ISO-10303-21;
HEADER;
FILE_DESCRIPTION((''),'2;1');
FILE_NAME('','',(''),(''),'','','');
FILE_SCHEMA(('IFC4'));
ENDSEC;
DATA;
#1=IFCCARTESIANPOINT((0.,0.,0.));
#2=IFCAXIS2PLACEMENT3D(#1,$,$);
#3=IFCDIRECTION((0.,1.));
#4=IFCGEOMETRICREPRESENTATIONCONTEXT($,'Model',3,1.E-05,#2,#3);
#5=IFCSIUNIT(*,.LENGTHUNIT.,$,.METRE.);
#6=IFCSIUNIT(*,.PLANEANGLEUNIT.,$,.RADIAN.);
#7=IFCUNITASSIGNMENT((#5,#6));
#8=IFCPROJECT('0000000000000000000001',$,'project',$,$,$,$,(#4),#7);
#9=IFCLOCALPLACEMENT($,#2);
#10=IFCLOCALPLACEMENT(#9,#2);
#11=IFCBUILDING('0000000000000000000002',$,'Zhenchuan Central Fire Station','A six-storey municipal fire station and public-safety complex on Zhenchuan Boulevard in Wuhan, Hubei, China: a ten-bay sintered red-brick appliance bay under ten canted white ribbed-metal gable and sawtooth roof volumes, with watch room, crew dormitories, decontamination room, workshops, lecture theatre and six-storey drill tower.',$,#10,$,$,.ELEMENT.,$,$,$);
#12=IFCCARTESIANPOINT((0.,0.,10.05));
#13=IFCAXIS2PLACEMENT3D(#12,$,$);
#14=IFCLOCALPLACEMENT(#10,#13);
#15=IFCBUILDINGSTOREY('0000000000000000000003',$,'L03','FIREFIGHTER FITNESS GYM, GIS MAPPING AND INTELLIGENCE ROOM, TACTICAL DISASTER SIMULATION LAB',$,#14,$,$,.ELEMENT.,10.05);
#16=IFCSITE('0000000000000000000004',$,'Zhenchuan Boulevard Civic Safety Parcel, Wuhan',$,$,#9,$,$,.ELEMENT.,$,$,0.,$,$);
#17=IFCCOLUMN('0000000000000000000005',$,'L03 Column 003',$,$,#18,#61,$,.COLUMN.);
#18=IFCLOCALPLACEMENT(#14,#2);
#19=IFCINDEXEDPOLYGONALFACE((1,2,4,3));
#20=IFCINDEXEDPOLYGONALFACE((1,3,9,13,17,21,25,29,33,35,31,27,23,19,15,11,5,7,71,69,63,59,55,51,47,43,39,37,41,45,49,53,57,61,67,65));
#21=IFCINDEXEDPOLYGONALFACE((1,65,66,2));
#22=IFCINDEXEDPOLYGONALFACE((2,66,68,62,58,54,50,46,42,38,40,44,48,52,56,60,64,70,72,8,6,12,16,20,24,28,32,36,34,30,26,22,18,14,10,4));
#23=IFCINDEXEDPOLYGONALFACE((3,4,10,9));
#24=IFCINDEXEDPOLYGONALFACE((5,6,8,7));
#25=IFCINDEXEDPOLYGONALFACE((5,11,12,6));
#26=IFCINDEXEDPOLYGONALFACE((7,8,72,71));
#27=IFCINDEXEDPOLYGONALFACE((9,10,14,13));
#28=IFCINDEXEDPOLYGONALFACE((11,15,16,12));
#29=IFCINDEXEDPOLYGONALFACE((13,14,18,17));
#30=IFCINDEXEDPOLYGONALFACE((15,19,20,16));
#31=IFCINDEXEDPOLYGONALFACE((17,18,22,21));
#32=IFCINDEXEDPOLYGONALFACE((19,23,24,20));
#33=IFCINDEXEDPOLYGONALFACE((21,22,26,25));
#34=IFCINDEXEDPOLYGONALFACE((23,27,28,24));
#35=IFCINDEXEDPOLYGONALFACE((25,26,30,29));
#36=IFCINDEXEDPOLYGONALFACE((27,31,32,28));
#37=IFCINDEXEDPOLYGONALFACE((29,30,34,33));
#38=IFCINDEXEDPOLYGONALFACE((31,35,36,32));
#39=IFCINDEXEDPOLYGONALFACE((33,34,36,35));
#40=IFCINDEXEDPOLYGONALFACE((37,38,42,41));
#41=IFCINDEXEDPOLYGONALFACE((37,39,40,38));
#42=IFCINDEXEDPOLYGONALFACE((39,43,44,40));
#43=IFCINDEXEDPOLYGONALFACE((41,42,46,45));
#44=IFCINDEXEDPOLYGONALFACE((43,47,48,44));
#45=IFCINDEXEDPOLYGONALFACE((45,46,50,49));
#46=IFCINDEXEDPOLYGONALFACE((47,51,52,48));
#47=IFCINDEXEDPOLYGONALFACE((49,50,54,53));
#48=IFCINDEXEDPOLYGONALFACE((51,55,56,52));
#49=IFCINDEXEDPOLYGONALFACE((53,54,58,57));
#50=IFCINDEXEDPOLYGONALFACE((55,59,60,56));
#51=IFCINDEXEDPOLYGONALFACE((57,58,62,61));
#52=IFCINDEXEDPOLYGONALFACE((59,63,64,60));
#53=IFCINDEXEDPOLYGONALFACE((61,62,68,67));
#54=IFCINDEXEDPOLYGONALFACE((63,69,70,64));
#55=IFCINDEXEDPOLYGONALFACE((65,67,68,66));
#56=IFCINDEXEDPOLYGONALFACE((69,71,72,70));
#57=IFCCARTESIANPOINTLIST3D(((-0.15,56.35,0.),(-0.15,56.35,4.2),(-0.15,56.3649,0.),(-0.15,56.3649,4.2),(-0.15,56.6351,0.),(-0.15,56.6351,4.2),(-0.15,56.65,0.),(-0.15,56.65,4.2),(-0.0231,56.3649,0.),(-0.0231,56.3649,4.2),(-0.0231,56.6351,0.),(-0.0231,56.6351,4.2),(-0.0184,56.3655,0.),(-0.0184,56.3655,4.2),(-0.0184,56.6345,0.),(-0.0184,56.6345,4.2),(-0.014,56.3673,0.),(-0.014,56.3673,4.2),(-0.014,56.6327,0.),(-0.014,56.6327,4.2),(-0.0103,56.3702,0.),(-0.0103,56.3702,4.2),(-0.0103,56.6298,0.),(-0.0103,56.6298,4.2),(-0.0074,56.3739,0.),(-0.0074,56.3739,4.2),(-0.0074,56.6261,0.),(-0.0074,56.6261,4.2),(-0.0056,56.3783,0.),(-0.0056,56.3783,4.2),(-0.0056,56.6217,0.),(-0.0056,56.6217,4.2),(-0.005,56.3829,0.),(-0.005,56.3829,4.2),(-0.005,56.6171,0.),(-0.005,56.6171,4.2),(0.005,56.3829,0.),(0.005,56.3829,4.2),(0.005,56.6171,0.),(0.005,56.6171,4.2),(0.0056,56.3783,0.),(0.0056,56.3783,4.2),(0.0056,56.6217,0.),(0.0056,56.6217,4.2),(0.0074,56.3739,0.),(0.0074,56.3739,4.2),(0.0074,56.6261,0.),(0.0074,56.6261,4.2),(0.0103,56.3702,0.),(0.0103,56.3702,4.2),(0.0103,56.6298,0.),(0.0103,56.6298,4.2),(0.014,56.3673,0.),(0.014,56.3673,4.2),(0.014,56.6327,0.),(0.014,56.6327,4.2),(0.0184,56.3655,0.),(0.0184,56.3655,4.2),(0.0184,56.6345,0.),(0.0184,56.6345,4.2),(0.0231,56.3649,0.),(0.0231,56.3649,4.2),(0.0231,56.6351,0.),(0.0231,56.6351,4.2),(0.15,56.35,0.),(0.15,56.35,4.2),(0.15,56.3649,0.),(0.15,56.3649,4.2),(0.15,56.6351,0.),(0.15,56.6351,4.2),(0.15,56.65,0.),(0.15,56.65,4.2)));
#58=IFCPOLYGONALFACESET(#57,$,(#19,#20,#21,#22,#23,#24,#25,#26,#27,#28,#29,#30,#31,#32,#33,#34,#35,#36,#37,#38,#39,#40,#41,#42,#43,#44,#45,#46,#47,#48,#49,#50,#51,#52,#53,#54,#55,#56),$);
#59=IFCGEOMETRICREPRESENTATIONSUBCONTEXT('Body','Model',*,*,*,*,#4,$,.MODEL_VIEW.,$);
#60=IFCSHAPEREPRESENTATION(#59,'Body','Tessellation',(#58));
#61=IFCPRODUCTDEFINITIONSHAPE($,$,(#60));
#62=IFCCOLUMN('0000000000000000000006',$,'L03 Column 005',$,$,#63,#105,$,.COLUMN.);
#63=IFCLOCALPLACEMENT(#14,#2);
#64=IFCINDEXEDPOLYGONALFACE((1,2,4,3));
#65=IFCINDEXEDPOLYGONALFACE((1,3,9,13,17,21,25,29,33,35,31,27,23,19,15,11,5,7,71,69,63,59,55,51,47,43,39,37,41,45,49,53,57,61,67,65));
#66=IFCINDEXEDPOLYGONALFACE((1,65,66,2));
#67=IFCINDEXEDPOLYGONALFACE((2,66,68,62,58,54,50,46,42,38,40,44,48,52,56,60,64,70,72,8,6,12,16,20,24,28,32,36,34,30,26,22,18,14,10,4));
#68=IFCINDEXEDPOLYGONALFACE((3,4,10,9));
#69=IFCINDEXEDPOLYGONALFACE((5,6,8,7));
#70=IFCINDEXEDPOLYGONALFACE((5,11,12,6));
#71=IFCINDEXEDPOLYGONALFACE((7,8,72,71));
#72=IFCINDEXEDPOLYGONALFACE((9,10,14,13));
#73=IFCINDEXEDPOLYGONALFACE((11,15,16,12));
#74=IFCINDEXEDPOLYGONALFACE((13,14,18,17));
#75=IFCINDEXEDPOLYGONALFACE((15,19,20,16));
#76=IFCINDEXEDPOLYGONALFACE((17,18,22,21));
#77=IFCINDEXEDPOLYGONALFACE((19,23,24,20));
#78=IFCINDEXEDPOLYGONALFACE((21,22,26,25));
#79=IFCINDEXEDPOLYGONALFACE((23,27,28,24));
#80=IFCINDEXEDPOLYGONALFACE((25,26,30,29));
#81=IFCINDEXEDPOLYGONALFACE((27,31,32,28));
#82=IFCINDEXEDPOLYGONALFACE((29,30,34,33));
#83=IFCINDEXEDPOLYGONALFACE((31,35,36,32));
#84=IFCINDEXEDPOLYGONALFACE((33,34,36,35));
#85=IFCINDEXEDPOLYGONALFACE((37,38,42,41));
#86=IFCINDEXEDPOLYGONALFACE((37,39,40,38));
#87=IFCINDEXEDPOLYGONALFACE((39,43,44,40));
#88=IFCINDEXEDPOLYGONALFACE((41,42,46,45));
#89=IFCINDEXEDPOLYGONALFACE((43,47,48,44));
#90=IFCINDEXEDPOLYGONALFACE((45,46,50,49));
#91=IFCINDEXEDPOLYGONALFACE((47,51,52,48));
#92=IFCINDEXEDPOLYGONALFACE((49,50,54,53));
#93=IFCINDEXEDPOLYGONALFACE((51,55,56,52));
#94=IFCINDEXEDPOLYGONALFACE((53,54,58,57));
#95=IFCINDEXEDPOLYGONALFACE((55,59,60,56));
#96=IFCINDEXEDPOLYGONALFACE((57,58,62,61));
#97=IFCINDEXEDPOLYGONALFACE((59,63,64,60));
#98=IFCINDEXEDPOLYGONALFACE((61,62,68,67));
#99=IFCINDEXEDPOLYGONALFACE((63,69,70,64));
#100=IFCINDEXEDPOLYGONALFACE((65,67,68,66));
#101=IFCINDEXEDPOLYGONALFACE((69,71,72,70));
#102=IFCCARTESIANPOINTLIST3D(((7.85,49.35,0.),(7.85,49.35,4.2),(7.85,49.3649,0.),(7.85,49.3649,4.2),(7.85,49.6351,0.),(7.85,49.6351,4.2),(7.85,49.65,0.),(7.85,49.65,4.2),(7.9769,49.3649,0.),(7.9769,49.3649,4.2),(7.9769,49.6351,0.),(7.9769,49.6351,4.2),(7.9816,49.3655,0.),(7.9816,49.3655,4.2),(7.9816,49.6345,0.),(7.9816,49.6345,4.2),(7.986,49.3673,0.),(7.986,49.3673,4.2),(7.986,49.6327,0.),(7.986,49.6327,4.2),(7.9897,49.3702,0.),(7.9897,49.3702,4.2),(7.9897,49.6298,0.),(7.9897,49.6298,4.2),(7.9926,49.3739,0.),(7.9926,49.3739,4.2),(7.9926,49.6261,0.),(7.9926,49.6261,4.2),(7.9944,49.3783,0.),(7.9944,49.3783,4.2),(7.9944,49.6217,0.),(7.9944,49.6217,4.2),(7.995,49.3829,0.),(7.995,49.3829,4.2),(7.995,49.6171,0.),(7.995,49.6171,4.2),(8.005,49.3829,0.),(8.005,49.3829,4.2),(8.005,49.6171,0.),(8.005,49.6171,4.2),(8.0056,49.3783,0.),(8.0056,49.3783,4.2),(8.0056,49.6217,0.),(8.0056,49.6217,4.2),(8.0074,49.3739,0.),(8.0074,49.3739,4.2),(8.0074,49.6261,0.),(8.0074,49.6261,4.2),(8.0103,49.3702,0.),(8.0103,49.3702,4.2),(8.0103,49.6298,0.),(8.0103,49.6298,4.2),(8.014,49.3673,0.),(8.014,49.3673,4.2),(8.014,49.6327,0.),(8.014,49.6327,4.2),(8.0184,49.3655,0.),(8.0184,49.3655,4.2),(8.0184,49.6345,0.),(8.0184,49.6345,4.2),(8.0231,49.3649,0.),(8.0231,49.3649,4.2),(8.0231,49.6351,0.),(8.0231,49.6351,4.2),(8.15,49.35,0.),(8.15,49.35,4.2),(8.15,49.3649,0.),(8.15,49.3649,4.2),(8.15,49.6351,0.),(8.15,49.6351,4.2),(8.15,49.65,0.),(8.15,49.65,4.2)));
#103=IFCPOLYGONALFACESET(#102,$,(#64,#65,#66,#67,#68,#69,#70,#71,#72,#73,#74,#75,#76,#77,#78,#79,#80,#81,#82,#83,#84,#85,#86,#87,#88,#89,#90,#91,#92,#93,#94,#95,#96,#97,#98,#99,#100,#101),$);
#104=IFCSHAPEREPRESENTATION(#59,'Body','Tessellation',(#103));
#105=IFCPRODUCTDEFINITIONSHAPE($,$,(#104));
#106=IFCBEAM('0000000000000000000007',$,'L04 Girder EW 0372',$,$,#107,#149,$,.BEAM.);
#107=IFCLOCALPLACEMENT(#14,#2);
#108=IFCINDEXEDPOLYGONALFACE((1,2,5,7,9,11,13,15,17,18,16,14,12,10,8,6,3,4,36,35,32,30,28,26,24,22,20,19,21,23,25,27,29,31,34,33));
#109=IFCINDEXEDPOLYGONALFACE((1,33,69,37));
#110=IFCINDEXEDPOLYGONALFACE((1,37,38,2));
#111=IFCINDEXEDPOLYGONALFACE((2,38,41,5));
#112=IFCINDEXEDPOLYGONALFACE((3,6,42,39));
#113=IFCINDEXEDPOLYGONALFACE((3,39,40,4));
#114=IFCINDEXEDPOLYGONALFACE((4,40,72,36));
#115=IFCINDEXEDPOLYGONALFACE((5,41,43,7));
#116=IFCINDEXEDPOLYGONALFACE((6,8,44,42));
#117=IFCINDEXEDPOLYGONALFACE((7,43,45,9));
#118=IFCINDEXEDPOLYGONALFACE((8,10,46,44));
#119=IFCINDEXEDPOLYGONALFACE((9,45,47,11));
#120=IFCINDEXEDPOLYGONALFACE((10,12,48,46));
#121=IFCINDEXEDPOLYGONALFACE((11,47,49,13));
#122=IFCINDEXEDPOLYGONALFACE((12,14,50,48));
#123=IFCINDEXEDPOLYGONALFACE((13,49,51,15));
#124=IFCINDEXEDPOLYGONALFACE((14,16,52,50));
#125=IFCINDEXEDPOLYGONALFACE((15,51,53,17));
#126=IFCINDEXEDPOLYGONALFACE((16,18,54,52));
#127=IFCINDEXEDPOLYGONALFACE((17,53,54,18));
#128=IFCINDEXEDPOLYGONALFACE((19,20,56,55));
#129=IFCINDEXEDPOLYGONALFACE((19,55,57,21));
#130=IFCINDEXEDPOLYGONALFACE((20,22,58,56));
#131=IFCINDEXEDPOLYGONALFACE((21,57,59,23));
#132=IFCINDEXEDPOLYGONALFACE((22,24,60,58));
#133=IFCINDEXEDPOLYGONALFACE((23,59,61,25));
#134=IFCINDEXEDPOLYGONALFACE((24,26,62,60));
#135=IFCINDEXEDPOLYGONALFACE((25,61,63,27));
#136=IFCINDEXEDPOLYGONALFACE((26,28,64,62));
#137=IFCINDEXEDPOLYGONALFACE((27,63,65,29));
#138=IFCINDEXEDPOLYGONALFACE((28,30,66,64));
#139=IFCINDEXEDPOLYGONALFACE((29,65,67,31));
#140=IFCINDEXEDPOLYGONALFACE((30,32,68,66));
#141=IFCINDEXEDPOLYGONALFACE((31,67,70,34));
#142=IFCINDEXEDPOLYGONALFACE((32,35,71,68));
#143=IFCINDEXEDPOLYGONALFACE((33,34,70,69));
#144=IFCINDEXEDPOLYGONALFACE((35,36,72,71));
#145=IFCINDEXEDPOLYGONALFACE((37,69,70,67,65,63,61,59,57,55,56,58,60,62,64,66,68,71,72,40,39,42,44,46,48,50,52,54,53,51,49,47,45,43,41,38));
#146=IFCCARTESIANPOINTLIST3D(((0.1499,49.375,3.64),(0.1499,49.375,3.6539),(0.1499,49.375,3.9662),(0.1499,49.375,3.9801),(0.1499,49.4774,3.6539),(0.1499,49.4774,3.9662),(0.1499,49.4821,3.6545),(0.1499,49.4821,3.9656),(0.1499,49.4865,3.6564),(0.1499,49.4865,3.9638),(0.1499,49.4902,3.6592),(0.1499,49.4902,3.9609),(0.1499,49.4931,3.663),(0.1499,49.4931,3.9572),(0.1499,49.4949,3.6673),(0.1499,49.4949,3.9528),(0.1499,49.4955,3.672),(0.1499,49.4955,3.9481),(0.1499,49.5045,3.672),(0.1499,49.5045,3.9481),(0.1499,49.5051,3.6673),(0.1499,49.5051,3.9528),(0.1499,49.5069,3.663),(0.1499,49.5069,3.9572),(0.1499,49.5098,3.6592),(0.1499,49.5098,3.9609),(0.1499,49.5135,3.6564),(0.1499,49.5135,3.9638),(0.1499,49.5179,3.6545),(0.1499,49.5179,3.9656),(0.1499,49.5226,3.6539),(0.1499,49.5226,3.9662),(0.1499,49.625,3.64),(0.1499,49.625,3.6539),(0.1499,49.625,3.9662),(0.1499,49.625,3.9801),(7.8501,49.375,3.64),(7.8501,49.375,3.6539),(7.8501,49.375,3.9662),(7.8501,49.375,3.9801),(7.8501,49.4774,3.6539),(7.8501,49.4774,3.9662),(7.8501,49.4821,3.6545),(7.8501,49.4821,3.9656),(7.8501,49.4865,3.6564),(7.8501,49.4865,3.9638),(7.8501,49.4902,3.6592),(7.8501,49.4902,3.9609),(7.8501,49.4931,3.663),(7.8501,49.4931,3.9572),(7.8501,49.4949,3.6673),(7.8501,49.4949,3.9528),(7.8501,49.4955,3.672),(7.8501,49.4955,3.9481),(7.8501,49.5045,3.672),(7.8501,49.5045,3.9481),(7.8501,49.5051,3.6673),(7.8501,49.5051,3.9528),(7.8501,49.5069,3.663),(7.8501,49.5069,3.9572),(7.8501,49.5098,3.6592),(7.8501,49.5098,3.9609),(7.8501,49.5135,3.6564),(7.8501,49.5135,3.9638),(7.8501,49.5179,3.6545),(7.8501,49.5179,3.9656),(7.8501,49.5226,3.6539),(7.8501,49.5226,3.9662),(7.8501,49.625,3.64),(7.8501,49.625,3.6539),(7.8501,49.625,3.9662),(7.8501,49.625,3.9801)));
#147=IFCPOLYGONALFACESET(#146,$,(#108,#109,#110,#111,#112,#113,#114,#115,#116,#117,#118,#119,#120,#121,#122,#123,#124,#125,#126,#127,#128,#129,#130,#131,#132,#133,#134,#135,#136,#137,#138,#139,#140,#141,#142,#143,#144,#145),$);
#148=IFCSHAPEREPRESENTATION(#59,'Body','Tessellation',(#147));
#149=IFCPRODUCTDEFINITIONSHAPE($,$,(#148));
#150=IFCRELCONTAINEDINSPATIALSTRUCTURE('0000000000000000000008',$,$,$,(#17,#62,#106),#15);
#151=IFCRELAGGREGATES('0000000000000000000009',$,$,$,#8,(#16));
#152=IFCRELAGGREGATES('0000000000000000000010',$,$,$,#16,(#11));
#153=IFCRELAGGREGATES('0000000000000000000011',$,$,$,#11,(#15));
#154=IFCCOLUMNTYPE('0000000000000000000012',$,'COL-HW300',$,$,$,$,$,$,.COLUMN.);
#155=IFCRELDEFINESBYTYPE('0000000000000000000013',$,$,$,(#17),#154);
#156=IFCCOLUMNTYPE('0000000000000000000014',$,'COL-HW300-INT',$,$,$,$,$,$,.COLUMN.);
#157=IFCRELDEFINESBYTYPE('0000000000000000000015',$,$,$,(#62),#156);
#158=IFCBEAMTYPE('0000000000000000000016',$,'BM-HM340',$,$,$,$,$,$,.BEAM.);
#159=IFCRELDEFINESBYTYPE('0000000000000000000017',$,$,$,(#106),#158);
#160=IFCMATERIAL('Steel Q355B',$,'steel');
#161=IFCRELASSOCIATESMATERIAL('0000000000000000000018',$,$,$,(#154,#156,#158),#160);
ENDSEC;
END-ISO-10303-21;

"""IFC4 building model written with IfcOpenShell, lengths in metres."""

from ifc_helpers import new_model, si_unit, direction, frame, origin, origin_2d, place, context, subcontext, project, spatial, i_section, extrude, material, material_profile, profile_set, type_object, element, save


model = new_model("IFC4")

# Units and contexts
model_context = context("Model", 3, precision=1e-05, world=origin(), true_north=direction((0.0, 1.0)))
body_context = subcontext(model_context, "Body", "Model", "MODEL_VIEW")
ifc_project = project(units=[si_unit("LENGTHUNIT", "METRE"), si_unit("PLANEANGLEUNIT", "RADIAN")], contexts=[model_context])

# Site, building, storey
site_placement = place(None, origin())
site = spatial("IfcSite", under=ifc_project, at=site_placement, Name="Zhenchuan Boulevard Civic Safety Parcel, Wuhan", CompositionType="ELEMENT", RefElevation=0.0)
building_placement = place(site_placement, origin())
building = spatial("IfcBuilding", under=site, at=building_placement, Name="Zhenchuan Central Fire Station", Description="A six-storey municipal fire station and public-safety complex on Zhenchuan Boulevard in Wuhan, Hubei, China: a ten-bay sintered red-brick appliance bay under ten canted white ribbed-metal gable and sawtooth roof volumes, with watch room, crew dormitories, decontamination room, workshops, lecture theatre and six-storey drill tower.", CompositionType="ELEMENT")
storey_placement = place(building_placement, frame((0.0, 0.0, 10.05)))
storey = spatial("IfcBuildingStorey", under=building, at=storey_placement, Name="L03", Description="FIREFIGHTER FITNESS GYM, GIS MAPPING AND INTELLIGENCE ROOM, TACTICAL DISASTER SIMULATION LAB", CompositionType="ELEMENT", Elevation=10.05)

# Columns
ifc_material_1 = material(Name="Steel Q355B", Category="steel")
ifc_material_profile_1 = material_profile(ifc_material_1, i_section(OverallWidth=0.3, OverallDepth=0.3, WebThickness=0.01, FlangeThickness=0.0149, FilletRadius=0.0181, at=origin_2d()), Name="HW 300x300")
ifc_profile_set_1 = profile_set([ifc_material_profile_1], Name="Steel Q355B")
column_type_1 = type_object("IfcColumnType", Name="COL-HW300", PredefinedType="COLUMN", material=ifc_profile_set_1)
column_1_placement = place(storey_placement, frame((0.0, 56.5, 0.0), z_axis=(0.0, 0.0, 1.0), x_axis=(1.0, 0.0, 0.0)))
element("IfcColumn", 1, at=column_1_placement, inside=storey, type_object=column_type_1, Name="L03 Column 003", PredefinedType="COLUMN", context=body_context, shape_type="SweptSolid", body=[
    extrude(i_section(OverallWidth=0.3, OverallDepth=0.3, WebThickness=0.01, FlangeThickness=0.0149, FilletRadius=0.0181, at=origin_2d()), origin(), (0.0, 0.0, 1.0), 4.2),
])
ifc_material_profile_2 = material_profile(ifc_material_1, i_section(OverallWidth=0.3, OverallDepth=0.3, WebThickness=0.01, FlangeThickness=0.0149, FilletRadius=0.0181, at=origin_2d()), Name="HW 300x300")
ifc_profile_set_2 = profile_set([ifc_material_profile_2], Name="Steel Q355B")
column_type_2 = type_object("IfcColumnType", Name="COL-HW300-INT", PredefinedType="COLUMN", material=ifc_profile_set_2)
column_2_placement = place(storey_placement, frame((8.0, 49.5, 0.0), z_axis=(0.0, 0.0, 1.0), x_axis=(1.0, 0.0, 0.0)))
element("IfcColumn", 2, at=column_2_placement, inside=storey, type_object=column_type_2, Name="L03 Column 005", PredefinedType="COLUMN", context=body_context, shape_type="SweptSolid", body=[
    extrude(i_section(OverallWidth=0.3, OverallDepth=0.3, WebThickness=0.01, FlangeThickness=0.0149, FilletRadius=0.0181, at=origin_2d()), origin(), (0.0, 0.0, 1.0), 4.2),
])

# Beam
ifc_material_profile_3 = material_profile(ifc_material_1, i_section(OverallWidth=0.25, OverallDepth=0.3401, WebThickness=0.009, FlangeThickness=0.0139, FilletRadius=0.0181, at=origin_2d()), Name="HM 340x250")
ifc_profile_set_3 = profile_set([ifc_material_profile_3], Name="Steel Q355B")
beam_type_1 = type_object("IfcBeamType", Name="BM-HM340", PredefinedType="BEAM", material=ifc_profile_set_3)
beam_1_placement = place(storey_placement, frame((0.1499, 49.5, 3.8101), z_axis=(1.0, 0.0, 0.0), x_axis=(0.0, 1.0, 0.0)))
element("IfcBeam", 3, at=beam_1_placement, inside=storey, type_object=beam_type_1, Name="L04 Girder EW 0372", PredefinedType="BEAM", context=body_context, shape_type="SweptSolid", body=[
    extrude(i_section(OverallWidth=0.25, OverallDepth=0.3401, WebThickness=0.009, FlangeThickness=0.0139, FilletRadius=0.0181, at=origin_2d()), origin(), (0.0, 0.0, 1.0), 7.7002),
])

save(model, "model.ifc")
